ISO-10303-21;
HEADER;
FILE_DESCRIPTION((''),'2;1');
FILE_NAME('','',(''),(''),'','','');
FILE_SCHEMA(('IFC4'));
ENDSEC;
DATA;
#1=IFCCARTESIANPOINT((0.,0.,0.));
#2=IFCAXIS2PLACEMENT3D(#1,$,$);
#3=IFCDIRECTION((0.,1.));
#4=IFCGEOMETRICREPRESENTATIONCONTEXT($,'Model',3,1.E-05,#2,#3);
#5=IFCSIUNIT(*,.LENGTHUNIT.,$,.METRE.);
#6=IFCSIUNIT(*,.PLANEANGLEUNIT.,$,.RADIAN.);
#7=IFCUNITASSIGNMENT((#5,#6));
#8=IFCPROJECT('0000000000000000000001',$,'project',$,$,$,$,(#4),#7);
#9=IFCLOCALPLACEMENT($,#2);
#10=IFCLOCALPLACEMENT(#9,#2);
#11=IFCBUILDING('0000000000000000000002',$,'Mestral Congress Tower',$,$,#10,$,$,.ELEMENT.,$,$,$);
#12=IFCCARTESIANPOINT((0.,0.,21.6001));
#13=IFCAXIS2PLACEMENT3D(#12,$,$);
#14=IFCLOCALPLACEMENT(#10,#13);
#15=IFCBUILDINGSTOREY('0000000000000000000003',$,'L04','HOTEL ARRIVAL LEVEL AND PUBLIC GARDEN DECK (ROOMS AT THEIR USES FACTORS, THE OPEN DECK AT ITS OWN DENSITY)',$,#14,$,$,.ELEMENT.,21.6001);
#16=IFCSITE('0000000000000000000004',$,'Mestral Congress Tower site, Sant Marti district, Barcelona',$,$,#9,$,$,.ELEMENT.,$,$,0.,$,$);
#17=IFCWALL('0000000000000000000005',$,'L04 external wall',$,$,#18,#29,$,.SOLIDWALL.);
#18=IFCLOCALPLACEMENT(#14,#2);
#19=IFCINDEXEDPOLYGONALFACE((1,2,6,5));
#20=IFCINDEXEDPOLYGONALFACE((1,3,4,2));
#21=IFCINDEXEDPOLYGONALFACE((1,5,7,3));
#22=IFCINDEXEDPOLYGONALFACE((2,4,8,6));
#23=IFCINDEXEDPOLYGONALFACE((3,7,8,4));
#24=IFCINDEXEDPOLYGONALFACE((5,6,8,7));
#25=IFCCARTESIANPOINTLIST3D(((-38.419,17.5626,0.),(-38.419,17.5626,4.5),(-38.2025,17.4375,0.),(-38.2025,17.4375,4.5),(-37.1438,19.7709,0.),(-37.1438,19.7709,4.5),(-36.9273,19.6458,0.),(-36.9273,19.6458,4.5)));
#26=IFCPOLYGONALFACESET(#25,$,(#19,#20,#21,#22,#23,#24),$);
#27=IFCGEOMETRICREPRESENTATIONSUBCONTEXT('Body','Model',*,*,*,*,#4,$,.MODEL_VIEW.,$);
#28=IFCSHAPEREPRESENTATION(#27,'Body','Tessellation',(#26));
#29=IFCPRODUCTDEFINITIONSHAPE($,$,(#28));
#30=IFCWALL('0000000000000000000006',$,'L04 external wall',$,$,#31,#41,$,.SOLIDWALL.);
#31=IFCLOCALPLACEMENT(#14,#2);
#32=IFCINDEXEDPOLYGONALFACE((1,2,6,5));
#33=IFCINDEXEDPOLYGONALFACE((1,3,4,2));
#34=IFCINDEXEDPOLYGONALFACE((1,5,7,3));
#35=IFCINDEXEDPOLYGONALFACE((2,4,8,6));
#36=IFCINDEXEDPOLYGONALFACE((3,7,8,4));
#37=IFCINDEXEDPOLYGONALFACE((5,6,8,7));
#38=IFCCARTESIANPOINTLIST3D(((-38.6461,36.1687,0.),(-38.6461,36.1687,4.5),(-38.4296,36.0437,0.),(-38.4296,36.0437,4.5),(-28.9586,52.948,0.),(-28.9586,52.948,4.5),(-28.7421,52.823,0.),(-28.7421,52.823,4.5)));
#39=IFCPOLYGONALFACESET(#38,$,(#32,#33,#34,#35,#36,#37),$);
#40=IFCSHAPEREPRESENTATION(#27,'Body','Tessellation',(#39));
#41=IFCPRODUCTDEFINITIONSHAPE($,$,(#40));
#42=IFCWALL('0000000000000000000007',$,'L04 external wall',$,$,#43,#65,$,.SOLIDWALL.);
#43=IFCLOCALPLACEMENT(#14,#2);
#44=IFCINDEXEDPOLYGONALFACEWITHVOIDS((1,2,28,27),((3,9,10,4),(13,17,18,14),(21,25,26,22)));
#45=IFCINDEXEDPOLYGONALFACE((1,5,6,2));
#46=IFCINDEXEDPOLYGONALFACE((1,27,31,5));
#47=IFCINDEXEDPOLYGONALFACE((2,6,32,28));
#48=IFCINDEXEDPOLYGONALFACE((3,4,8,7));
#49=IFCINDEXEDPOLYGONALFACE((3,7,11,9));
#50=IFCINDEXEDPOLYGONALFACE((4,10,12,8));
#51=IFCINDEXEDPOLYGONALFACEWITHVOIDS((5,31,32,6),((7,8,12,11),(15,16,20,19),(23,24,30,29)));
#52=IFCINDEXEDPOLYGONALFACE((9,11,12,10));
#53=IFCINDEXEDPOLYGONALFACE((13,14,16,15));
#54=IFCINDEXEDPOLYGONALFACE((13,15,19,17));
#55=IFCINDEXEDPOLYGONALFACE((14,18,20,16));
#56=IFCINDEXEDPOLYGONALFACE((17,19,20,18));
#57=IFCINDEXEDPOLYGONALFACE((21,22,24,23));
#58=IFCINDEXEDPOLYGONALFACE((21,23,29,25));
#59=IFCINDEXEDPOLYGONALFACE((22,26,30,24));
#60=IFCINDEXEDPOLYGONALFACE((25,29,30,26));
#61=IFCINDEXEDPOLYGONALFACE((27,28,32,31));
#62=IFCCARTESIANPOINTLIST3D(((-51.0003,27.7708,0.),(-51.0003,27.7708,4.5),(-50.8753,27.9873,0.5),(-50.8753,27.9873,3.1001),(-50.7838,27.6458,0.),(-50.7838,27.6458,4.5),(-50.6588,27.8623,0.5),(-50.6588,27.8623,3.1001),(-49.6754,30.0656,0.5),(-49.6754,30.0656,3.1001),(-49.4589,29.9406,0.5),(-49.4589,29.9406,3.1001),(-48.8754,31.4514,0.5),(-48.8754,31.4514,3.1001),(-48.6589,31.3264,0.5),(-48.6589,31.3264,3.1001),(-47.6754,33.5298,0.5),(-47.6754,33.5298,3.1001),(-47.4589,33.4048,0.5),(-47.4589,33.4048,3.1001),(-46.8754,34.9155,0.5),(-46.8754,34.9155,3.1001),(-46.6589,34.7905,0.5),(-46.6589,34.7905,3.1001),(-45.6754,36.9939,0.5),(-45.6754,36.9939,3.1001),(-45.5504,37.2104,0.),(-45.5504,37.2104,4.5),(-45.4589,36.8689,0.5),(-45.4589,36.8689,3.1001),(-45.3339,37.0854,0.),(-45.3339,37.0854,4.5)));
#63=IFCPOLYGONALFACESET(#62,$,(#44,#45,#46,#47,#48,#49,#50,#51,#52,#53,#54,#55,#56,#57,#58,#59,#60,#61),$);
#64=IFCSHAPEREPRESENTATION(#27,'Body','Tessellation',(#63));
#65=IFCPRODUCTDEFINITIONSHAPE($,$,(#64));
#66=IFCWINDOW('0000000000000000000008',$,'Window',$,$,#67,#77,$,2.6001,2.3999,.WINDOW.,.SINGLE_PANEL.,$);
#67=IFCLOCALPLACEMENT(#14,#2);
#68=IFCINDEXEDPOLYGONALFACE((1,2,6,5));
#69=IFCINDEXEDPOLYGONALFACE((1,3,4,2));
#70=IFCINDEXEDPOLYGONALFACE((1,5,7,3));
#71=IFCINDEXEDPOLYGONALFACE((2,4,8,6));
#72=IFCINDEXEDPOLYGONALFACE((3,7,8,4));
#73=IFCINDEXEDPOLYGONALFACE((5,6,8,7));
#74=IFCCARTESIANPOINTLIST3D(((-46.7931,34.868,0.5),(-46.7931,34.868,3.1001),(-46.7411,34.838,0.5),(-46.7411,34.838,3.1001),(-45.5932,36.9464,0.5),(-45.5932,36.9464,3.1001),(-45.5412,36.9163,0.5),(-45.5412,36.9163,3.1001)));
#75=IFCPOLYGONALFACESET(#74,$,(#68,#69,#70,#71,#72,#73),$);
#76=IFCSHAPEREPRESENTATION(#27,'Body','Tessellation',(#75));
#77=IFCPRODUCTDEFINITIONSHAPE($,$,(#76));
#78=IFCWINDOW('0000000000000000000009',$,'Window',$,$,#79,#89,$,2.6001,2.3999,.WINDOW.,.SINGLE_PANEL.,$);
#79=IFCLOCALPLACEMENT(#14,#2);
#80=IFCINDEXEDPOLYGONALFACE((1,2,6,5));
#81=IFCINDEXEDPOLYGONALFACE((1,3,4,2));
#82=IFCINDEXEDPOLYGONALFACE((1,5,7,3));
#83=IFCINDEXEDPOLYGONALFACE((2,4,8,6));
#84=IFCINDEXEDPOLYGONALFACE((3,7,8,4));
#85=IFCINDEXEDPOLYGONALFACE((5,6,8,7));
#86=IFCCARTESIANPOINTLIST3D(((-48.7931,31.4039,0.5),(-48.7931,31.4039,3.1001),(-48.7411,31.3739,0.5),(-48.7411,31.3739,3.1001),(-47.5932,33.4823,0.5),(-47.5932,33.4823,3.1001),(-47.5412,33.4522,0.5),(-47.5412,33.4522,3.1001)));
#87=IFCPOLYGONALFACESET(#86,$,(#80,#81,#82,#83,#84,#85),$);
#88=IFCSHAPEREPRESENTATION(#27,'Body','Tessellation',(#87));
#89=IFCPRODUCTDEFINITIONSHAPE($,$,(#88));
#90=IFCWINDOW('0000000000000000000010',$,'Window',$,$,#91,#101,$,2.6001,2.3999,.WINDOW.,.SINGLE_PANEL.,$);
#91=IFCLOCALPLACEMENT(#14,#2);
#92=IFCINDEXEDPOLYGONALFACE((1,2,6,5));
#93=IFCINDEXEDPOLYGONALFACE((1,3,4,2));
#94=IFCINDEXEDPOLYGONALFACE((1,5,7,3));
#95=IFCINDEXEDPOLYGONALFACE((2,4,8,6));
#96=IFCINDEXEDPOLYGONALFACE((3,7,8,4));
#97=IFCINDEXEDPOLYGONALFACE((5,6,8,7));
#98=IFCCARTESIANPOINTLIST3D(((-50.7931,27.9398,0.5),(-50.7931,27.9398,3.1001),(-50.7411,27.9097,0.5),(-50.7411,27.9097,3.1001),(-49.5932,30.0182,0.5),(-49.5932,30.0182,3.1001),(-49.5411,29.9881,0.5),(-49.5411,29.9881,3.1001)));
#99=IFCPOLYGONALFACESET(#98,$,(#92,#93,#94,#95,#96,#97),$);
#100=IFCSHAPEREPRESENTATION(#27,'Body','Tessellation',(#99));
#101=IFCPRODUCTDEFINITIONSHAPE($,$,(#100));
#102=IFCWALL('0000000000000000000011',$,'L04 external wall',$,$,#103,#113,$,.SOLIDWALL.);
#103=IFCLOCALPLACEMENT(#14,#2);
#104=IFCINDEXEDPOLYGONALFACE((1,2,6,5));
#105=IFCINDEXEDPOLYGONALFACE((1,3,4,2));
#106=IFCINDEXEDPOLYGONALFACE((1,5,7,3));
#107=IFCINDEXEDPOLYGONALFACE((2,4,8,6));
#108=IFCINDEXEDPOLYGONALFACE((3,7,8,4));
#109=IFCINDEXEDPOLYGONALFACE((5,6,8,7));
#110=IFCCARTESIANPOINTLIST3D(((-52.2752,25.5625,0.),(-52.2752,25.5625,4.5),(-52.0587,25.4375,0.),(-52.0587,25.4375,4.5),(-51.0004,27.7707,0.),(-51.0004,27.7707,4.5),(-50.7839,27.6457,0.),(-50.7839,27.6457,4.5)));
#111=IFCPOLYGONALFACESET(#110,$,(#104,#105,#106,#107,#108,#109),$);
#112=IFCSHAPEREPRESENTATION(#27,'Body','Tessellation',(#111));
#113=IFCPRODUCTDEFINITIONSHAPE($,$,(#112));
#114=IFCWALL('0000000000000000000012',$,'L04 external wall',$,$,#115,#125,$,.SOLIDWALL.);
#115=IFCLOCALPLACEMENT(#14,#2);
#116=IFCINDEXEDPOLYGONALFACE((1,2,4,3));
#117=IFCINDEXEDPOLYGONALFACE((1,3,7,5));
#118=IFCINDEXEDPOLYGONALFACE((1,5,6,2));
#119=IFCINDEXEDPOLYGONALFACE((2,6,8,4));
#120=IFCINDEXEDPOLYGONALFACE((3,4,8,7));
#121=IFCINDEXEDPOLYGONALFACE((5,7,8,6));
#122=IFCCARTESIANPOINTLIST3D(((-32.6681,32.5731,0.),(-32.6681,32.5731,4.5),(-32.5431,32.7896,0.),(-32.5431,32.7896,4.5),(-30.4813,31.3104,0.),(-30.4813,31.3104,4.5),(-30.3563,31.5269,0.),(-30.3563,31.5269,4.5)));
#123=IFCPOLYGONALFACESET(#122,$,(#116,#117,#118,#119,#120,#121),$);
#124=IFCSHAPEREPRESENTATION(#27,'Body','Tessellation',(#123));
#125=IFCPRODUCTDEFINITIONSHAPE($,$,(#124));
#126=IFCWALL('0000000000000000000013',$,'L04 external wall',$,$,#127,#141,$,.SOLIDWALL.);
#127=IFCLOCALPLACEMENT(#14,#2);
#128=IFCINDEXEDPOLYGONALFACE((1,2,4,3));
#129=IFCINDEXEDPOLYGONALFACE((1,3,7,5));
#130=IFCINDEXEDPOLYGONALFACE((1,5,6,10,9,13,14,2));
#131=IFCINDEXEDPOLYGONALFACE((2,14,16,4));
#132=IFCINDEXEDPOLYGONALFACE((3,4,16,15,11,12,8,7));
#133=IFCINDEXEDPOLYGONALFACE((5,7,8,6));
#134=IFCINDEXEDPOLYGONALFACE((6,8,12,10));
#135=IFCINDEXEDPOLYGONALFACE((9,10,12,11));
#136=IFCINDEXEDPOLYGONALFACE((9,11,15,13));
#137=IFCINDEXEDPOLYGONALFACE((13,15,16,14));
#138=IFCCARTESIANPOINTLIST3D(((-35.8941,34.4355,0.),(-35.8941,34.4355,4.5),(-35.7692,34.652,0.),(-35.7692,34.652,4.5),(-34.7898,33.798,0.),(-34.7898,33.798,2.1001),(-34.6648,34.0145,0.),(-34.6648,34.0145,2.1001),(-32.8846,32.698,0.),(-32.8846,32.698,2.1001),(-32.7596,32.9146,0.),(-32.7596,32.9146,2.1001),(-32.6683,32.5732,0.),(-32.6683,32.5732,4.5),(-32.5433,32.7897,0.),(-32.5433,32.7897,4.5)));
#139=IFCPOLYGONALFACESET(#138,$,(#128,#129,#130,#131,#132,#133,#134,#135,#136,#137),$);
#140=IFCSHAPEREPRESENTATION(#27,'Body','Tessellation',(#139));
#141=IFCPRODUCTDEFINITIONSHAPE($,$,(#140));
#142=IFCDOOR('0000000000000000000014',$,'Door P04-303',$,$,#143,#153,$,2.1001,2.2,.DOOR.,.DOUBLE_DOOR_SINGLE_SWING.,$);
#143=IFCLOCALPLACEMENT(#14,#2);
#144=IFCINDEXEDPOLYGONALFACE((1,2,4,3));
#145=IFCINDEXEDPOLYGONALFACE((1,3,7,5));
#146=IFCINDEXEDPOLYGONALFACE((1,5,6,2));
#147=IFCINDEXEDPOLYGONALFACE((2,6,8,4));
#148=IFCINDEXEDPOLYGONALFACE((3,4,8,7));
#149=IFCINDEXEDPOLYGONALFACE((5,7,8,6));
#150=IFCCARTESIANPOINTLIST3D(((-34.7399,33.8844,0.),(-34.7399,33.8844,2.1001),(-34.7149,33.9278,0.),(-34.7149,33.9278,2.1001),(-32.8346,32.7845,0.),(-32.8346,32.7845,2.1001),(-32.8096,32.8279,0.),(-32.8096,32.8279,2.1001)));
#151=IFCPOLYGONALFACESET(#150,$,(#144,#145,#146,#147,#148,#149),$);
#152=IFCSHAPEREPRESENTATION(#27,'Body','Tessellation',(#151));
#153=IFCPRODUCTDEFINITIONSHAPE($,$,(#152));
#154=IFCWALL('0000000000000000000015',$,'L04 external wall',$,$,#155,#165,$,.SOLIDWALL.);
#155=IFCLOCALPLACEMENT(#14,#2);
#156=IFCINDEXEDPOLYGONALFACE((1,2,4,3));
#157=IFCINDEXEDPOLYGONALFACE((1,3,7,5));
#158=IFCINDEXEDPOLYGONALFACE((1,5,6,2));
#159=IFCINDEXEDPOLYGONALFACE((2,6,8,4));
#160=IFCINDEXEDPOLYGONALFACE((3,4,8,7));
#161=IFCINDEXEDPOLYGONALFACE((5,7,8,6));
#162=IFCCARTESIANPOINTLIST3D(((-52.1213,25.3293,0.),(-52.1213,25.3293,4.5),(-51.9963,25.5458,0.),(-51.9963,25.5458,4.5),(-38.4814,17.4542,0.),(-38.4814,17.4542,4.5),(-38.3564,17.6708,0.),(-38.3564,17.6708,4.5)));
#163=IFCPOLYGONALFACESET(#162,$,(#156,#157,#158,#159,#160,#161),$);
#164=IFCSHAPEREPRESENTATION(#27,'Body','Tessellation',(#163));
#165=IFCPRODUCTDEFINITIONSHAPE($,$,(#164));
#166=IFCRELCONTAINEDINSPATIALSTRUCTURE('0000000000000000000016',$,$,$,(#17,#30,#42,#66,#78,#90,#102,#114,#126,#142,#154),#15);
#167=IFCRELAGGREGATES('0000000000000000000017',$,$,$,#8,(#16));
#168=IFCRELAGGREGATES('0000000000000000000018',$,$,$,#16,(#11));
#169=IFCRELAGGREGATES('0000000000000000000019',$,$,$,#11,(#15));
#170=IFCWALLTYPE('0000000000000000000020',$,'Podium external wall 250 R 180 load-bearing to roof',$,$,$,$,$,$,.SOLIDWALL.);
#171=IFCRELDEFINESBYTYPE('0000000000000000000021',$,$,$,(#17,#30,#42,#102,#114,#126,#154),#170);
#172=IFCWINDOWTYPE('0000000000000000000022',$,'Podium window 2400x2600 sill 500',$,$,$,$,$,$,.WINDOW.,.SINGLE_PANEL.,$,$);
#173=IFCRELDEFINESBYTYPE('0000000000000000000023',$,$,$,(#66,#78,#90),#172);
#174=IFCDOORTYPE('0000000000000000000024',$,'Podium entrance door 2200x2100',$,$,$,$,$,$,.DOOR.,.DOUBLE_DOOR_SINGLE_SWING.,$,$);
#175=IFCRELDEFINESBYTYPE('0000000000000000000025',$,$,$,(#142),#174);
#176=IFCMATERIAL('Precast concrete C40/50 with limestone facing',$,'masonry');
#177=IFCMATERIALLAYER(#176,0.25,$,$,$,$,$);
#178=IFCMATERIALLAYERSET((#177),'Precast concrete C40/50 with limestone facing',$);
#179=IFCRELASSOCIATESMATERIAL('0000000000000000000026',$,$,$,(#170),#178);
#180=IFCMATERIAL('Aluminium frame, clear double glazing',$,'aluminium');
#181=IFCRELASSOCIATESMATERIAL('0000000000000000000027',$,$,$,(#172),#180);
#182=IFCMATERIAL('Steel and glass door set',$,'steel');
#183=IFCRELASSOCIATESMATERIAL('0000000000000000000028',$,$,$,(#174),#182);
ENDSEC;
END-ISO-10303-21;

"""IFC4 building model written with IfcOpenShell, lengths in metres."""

from ifc_helpers import new_model, si_unit, direction, frame, frame_2d, origin, place, context, subcontext, project, spatial, rectangle, extrude, material, layer, layer_set, type_object, element, fill, save


model = new_model("IFC4")

# Units and contexts
model_context = context("Model", 3, precision=1e-05, world=origin(), true_north=direction((0.0, 1.0)))
body_context = subcontext(model_context, "Body", "Model", "MODEL_VIEW")
ifc_project = project(units=[si_unit("LENGTHUNIT", "METRE"), si_unit("PLANEANGLEUNIT", "RADIAN")], contexts=[model_context])

# Site, building, storey
site_placement = place(None, origin())
site = spatial("IfcSite", under=ifc_project, at=site_placement, Name="Mestral Congress Tower site, Sant Marti district, Barcelona", CompositionType="ELEMENT", RefElevation=0.0)
building_placement = place(site_placement, origin())
building = spatial("IfcBuilding", under=site, at=building_placement, Name="Mestral Congress Tower", CompositionType="ELEMENT")
storey_placement = place(building_placement, frame((0.0, 0.0, 21.6001)))
storey = spatial("IfcBuildingStorey", under=building, at=storey_placement, Name="L04", Description="HOTEL ARRIVAL LEVEL AND PUBLIC GARDEN DECK (ROOMS AT THEIR USES FACTORS, THE OPEN DECK AT ITS OWN DENSITY)", CompositionType="ELEMENT", Elevation=21.6001)

# Shared definitions
ifc_material_1 = material(Name="Precast concrete C40/50 with limestone facing", Category="masonry")
ifc_layer_1 = layer(ifc_material_1, 0.25)
ifc_layer_set_1 = layer_set([ifc_layer_1], Name="Precast concrete C40/50 with limestone facing")
wall_type_1 = type_object("IfcWallType", Name="Podium external wall 250 R 180 load-bearing to roof", PredefinedType="SOLIDWALL", material=ifc_layer_set_1)

# Shared definitions
ifc_material_2 = material(Name="Aluminium frame, clear double glazing", Category="aluminium")
window_type = type_object("IfcWindowType", Name="Podium window 2400x2600 sill 500", PartitioningType="SINGLE_PANEL", PredefinedType="WINDOW", material=ifc_material_2)

# Walls
wall_1_placement = place(storey_placement, frame((-37.0356, 19.7083, 0.0), z_axis=(0.0, 0.0, 1.0), x_axis=(-0.500062, -0.865989, 0.0)))
element("IfcWall", 1, at=wall_1_placement, inside=storey, type_object=wall_type_1, Name="L04 external wall", PredefinedType="SOLIDWALL", context=body_context, shape_type="SweptSolid", body=[
    extrude(rectangle(XDim=2.55, YDim=0.25, at=frame_2d((1.2749, 0.0))), origin(), (0.0, 0.0, 1.0), 4.5),
])
wall_2_placement = place(storey_placement, frame((-38.5378, 36.1062, 0.0), z_axis=(0.0, 0.0, 1.0), x_axis=(0.499999, 0.866026, 0.0)))
element("IfcWall", 2, at=wall_2_placement, inside=storey, type_object=wall_type_1, Name="L04 external wall", PredefinedType="SOLIDWALL", context=body_context, shape_type="SweptSolid", body=[
    extrude(rectangle(XDim=19.375, YDim=0.25, at=frame_2d((9.6875, 0.0))), origin(), (0.0, 0.0, 1.0), 4.5),
])

# Wall, openings, windows
wall_3_placement = place(storey_placement, frame((-50.8921, 27.7083, 0.0), z_axis=(0.0, 0.0, 1.0), x_axis=(0.499996, 0.866028, 0.0)))
wall_3 = element("IfcWall", 3, at=wall_3_placement, inside=storey, type_object=wall_type_1, Name="L04 external wall", PredefinedType="SOLIDWALL", context=body_context, shape_type="SweptSolid", body=[
    extrude(rectangle(XDim=10.8999, YDim=0.25, at=frame_2d((5.45, 0.0))), origin(), (0.0, 0.0, 1.0), 4.5),
])
opening_1_placement = place(wall_3_placement, frame((8.25, 0.0, 0.5)))
opening_1 = element("IfcOpeningElement", 4, at=opening_1_placement, cuts=wall_3, PredefinedType="OPENING", context=body_context, shape_type="SweptSolid", body=[
    extrude(rectangle(XDim=2.3999, YDim=2.6001, at=frame_2d((1.2, 1.3))), frame((0.0, 0.135, 0.0), z_axis=(0.0, -1.0, 0.0), x_axis=(1.0, 0.0, 0.0)), (0.0, 0.0, 1.0), 0.27),
])
opening_2_placement = place(wall_3_placement, frame((4.25, 0.0, 0.5)))
opening_2 = element("IfcOpeningElement", 5, at=opening_2_placement, cuts=wall_3, PredefinedType="OPENING", context=body_context, shape_type="SweptSolid", body=[
    extrude(rectangle(XDim=2.3999, YDim=2.6001, at=frame_2d((1.2, 1.3))), frame((0.0, 0.135, 0.0), z_axis=(0.0, -1.0, 0.0), x_axis=(1.0, 0.0, 0.0)), (0.0, 0.0, 1.0), 0.27),
])
opening_3_placement = place(wall_3_placement, frame((0.25, 0.0, 0.5)))
opening_3 = element("IfcOpeningElement", 6, at=opening_3_placement, cuts=wall_3, PredefinedType="OPENING", context=body_context, shape_type="SweptSolid", body=[
    extrude(rectangle(XDim=2.3999, YDim=2.6001, at=frame_2d((1.2, 1.3))), frame((0.0, 0.135, 0.0), z_axis=(0.0, -1.0, 0.0), x_axis=(1.0, 0.0, 0.0)), (0.0, 0.0, 1.0), 0.27),
])
window_1_placement = place(opening_1_placement, origin())
window_1 = element("IfcWindow", 7, at=window_1_placement, inside=storey, type_object=window_type, Name="Window", OverallHeight=2.6001, OverallWidth=2.3999, PartitioningType="SINGLE_PANEL", PredefinedType="WINDOW", context=body_context, shape_type="SweptSolid", body=[
    extrude(rectangle(XDim=2.3999, YDim=2.6001, at=frame_2d((1.2, 1.3))), frame((0.0, 0.03, 0.0), z_axis=(0.0, -1.0, 0.0), x_axis=(1.0, 0.0, 0.0)), (0.0, 0.0, 1.0), 0.0601),
])
fill(opening_1, window_1)
window_2_placement = place(opening_2_placement, origin())
window_2 = element("IfcWindow", 8, at=window_2_placement, inside=storey, type_object=window_type, Name="Window", OverallHeight=2.6001, OverallWidth=2.3999, PartitioningType="SINGLE_PANEL", PredefinedType="WINDOW", context=body_context, shape_type="SweptSolid", body=[
    extrude(rectangle(XDim=2.3999, YDim=2.6001, at=frame_2d((1.2, 1.3))), frame((0.0, 0.03, 0.0), z_axis=(0.0, -1.0, 0.0), x_axis=(1.0, 0.0, 0.0)), (0.0, 0.0, 1.0), 0.0601),
])
fill(opening_2, window_2)
window_3_placement = place(opening_3_placement, origin())
window_3 = element("IfcWindow", 9, at=window_3_placement, inside=storey, type_object=window_type, Name="Window", OverallHeight=2.6001, OverallWidth=2.3999, PartitioningType="SINGLE_PANEL", PredefinedType="WINDOW", context=body_context, shape_type="SweptSolid", body=[
    extrude(rectangle(XDim=2.3999, YDim=2.6001, at=frame_2d((1.2, 1.3))), frame((0.0, 0.03, 0.0), z_axis=(0.0, -1.0, 0.0), x_axis=(1.0, 0.0, 0.0)), (0.0, 0.0, 1.0), 0.0601),
])
fill(opening_3, window_3)

# Walls
wall_4_placement = place(storey_placement, frame((-52.167, 25.5, 0.0), z_axis=(0.0, 0.0, 1.0), x_axis=(0.49999, 0.866031, 0.0)))
element("IfcWall", 10, at=wall_4_placement, inside=storey, type_object=wall_type_1, Name="L04 external wall", PredefinedType="SOLIDWALL", context=body_context, shape_type="SweptSolid", body=[
    extrude(rectangle(XDim=2.5498, YDim=0.25, at=frame_2d((1.2749, 0.0))), origin(), (0.0, 0.0, 1.0), 4.5),
])
wall_5_placement = place(storey_placement, frame((-32.6057, 32.6814, 0.0), z_axis=(0.0, 0.0, 1.0), x_axis=(0.865997, -0.500049, 0.0)))
element("IfcWall", 11, at=wall_5_placement, inside=storey, type_object=wall_type_1, Name="L04 external wall", PredefinedType="SOLIDWALL", context=body_context, shape_type="SweptSolid", body=[
    extrude(rectangle(XDim=2.5251, YDim=0.25, at=frame_2d((1.2627, 0.0))), origin(), (0.0, 0.0, 1.0), 4.5),
])

# Wall, opening, door
wall_6_placement = place(storey_placement, frame((-35.8315, 34.5437, 0.0), z_axis=(0.0, 0.0, 1.0), x_axis=(0.86604, -0.499974, 0.0)))
wall_6 = element("IfcWall", 12, at=wall_6_placement, inside=storey, type_object=wall_type_1, Name="L04 external wall", PredefinedType="SOLIDWALL", context=body_context, shape_type="SweptSolid", body=[
    extrude(rectangle(XDim=3.7249, YDim=0.25, at=frame_2d((1.8623, 0.0))), origin(), (0.0, 0.0, 1.0), 4.5),
])
opening_4_placement = place(wall_6_placement, frame((1.2749, 0.0, 0.0)))
opening_4 = element("IfcOpeningElement", 13, at=opening_4_placement, cuts=wall_6, PredefinedType="OPENING", context=body_context, shape_type="SweptSolid", body=[
    extrude(rectangle(XDim=2.2, YDim=2.1001, at=frame_2d((1.1001, 1.05))), frame((0.0, 0.135, 0.0), z_axis=(0.0, -1.0, 0.0), x_axis=(1.0, 0.0, 0.0)), (0.0, 0.0, 1.0), 0.27),
])
ifc_material_3 = material(Name="Steel and glass door set", Category="steel")
door_type_1 = type_object("IfcDoorType", Name="Podium entrance door 2200x2100", OperationType="DOUBLE_DOOR_SINGLE_SWING", PredefinedType="DOOR", material=ifc_material_3)
door_1_placement = place(opening_4_placement, origin())
door_1 = element("IfcDoor", 14, at=door_1_placement, inside=storey, type_object=door_type_1, Name="Door P04-303", OperationType="DOUBLE_DOOR_SINGLE_SWING", OverallHeight=2.1001, OverallWidth=2.2, PredefinedType="DOOR", context=body_context, shape_type="SweptSolid", body=[
    extrude(rectangle(XDim=2.2, YDim=2.1001, at=frame_2d((1.1001, 1.05))), frame((0.0, 0.0249, 0.0), z_axis=(0.0, -1.0, 0.0), x_axis=(1.0, 0.0, 0.0)), (0.0, 0.0, 1.0), 0.05),
])
fill(opening_4, door_1)

# Wall
wall_7_placement = place(storey_placement, frame((-38.4189, 17.5625, 0.0), z_axis=(0.0, 0.0, 1.0), x_axis=(-0.866025, 0.5, 0.0)))
element("IfcWall", 15, at=wall_7_placement, inside=storey, type_object=wall_type_1, Name="L04 external wall", PredefinedType="SOLIDWALL", context=body_context, shape_type="SweptSolid", body=[
    extrude(rectangle(XDim=15.75, YDim=0.25, at=frame_2d((7.875, 0.0))), origin(), (0.0, 0.0, 1.0), 4.5),
])

save(model, "model.ifc")
